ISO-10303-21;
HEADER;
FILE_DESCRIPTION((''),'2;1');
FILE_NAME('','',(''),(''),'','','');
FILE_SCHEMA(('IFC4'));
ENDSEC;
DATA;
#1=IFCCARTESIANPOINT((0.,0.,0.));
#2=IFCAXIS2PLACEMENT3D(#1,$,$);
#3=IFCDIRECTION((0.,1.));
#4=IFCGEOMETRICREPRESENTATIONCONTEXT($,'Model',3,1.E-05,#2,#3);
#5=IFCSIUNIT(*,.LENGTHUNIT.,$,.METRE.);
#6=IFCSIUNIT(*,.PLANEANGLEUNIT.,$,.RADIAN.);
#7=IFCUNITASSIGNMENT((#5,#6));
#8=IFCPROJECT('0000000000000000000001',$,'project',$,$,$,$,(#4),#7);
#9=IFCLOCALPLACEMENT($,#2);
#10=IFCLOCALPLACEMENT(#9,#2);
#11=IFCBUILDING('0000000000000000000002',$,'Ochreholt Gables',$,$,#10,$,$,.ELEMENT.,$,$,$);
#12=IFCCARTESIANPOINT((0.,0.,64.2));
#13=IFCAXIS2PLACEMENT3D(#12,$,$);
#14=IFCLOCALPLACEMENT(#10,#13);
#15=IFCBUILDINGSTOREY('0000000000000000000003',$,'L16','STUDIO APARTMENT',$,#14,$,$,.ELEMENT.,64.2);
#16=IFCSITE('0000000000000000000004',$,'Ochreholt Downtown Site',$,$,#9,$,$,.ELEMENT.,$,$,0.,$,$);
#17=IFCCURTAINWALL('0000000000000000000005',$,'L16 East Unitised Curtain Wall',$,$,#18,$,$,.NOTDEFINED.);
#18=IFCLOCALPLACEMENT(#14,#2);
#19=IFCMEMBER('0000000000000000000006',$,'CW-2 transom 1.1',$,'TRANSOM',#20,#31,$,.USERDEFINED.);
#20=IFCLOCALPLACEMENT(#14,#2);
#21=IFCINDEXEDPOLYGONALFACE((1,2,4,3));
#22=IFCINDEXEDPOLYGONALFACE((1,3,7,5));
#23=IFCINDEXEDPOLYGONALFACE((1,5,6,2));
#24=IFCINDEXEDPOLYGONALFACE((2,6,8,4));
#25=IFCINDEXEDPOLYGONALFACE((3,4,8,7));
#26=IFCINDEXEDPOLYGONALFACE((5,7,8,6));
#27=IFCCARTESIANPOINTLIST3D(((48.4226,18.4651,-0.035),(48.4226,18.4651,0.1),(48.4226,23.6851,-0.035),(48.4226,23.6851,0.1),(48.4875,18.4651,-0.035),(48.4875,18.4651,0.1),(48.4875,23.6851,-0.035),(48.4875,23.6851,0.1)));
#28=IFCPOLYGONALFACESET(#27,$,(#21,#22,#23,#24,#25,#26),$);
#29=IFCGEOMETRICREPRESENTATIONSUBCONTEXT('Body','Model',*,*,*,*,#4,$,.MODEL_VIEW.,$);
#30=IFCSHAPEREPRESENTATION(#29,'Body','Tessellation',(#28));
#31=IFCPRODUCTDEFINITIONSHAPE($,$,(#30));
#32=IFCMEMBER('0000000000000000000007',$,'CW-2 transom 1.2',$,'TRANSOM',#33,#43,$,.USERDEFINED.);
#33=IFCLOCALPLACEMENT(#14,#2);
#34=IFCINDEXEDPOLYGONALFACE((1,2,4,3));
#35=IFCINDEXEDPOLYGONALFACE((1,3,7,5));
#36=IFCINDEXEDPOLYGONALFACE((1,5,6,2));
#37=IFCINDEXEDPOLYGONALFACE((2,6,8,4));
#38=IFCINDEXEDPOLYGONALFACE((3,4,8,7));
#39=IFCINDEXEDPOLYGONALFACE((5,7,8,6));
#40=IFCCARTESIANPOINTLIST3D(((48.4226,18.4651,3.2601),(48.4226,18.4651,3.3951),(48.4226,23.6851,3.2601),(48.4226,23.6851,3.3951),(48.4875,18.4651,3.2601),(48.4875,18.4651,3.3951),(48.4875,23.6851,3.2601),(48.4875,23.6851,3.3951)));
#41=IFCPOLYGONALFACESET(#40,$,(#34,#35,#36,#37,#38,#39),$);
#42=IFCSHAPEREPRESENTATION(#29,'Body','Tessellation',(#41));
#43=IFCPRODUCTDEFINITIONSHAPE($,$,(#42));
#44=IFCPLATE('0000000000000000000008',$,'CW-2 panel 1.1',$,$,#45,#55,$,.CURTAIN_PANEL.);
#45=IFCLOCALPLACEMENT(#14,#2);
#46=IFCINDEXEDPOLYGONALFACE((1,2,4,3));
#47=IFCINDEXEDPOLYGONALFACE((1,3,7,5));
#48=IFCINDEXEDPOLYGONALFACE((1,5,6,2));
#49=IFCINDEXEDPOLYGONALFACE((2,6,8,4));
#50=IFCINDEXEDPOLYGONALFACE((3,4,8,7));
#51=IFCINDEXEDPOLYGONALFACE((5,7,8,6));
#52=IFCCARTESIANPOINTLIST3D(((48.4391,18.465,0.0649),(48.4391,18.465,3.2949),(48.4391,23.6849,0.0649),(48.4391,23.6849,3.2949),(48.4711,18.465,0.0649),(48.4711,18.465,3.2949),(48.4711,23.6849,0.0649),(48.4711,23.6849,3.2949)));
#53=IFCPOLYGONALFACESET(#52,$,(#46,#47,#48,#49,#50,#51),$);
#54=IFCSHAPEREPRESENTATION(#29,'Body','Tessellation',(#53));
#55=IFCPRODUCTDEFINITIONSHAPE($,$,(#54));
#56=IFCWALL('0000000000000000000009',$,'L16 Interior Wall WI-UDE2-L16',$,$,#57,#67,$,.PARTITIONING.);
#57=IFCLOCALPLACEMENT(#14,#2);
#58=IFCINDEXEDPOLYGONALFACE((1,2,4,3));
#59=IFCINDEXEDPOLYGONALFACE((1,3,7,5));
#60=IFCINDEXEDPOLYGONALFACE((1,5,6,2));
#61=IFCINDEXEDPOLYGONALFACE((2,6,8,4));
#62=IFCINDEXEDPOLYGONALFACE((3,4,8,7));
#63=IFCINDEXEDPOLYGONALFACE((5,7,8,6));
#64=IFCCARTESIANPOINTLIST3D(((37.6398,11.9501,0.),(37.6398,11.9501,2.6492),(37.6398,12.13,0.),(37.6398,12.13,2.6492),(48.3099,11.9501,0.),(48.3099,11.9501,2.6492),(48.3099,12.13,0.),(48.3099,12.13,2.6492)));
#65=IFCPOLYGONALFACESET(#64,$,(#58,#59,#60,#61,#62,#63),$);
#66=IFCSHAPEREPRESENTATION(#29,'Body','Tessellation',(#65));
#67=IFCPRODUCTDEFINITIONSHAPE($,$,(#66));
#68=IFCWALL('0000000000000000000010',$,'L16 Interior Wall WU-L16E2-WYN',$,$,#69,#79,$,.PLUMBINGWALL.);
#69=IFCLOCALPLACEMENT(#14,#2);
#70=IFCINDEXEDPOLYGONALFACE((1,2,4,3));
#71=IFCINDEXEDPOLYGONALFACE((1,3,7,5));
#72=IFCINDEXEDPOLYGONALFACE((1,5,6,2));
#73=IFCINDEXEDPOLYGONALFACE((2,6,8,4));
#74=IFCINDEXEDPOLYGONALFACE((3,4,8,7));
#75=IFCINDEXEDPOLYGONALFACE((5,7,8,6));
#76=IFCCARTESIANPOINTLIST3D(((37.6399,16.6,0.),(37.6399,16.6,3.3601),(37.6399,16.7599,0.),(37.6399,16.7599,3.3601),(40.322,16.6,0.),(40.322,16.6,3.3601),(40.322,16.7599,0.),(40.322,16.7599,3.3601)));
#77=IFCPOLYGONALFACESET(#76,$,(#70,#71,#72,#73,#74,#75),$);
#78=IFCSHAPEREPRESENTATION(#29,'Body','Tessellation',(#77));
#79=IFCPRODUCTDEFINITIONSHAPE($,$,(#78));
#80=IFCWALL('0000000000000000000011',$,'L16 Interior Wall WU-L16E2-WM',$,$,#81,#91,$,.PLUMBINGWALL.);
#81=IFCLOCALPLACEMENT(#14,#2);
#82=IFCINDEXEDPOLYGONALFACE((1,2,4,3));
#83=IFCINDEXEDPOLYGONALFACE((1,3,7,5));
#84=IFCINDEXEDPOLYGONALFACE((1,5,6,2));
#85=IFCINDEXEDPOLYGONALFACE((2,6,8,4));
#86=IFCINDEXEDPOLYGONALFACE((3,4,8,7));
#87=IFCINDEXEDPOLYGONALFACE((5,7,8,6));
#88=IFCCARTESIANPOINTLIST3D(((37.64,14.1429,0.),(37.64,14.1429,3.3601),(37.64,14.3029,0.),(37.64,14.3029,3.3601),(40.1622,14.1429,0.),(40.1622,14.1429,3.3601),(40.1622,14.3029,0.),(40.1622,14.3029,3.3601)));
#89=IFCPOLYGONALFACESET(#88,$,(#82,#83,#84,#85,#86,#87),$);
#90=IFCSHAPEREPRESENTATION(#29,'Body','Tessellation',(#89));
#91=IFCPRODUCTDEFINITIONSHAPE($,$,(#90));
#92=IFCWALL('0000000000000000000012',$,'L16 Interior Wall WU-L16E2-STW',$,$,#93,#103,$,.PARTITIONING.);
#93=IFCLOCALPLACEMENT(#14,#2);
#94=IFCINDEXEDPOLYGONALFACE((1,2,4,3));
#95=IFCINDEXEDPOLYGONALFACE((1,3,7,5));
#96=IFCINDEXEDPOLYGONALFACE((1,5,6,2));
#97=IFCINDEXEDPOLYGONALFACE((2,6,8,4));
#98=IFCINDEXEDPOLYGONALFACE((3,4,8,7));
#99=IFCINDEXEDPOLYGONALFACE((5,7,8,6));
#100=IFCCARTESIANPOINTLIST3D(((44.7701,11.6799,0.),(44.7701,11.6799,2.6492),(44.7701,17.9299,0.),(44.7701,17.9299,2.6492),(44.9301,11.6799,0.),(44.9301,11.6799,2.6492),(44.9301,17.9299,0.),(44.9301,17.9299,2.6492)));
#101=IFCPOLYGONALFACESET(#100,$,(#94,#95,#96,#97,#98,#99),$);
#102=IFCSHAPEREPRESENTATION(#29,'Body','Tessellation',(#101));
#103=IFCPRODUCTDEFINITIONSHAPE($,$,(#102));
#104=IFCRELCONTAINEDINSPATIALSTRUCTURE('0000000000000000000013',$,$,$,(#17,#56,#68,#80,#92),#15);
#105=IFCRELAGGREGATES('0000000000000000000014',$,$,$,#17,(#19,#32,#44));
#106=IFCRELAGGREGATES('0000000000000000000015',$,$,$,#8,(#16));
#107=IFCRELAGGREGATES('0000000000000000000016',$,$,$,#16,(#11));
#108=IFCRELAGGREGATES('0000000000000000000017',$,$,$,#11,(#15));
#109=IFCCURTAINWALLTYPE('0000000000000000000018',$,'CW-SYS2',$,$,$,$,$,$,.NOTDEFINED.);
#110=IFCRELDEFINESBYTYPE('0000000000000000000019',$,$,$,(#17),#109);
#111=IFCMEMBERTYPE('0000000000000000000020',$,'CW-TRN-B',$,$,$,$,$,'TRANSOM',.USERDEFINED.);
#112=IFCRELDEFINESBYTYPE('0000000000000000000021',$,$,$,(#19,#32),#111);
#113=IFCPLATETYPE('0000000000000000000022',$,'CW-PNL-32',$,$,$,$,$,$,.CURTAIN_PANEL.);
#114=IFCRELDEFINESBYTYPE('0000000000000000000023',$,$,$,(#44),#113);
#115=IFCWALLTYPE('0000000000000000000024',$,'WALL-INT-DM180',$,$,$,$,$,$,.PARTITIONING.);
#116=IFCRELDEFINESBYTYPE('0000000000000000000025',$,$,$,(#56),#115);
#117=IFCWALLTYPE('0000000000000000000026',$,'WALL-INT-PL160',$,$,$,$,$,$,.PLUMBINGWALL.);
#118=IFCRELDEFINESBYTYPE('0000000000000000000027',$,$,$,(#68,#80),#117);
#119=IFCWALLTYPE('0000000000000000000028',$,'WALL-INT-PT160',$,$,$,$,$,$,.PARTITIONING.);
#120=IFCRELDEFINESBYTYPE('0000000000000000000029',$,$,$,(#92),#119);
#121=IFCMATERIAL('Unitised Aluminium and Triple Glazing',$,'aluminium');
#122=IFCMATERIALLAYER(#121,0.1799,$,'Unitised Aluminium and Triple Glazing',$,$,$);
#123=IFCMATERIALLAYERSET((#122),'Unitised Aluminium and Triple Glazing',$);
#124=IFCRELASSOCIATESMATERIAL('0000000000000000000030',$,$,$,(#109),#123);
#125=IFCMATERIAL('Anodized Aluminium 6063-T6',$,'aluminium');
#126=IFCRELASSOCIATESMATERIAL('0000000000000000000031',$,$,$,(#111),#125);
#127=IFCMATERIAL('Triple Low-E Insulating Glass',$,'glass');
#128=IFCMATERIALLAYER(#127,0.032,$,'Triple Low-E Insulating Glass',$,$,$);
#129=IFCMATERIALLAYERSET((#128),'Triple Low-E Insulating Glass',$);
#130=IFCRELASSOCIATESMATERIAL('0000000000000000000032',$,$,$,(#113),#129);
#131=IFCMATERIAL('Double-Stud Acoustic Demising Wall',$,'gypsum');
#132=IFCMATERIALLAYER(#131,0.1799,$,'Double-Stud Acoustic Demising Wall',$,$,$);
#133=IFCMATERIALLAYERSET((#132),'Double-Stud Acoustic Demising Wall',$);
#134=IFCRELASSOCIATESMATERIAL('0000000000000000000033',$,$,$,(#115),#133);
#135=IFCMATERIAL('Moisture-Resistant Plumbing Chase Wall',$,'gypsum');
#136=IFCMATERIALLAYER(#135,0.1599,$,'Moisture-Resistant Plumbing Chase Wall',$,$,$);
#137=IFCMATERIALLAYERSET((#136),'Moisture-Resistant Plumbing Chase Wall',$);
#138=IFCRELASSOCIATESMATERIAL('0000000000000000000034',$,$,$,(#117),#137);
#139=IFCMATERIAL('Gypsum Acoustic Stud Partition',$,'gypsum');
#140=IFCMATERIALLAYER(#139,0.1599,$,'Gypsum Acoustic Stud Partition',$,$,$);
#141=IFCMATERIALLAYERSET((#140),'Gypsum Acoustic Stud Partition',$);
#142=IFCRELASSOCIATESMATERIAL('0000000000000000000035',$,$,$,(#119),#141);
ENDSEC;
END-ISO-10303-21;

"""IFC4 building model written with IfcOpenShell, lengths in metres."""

from ifc_helpers import new_model, si_unit, direction, frame, frame_2d, origin, origin_2d, place, context, subcontext, project, spatial, rectangle, extrude, material, layer, layer_set, material_profile, profile_set, type_object, element, aggregate, save


model = new_model("IFC4")

# Units and contexts
model_context = context("Model", 3, precision=1e-05, world=origin(), true_north=direction((0.0, 1.0)))
body_context = subcontext(model_context, "Body", "Model", "MODEL_VIEW")
ifc_project = project(units=[si_unit("LENGTHUNIT", "METRE"), si_unit("PLANEANGLEUNIT", "RADIAN")], contexts=[model_context])

# Site, building, storey
site_placement = place(None, origin())
site = spatial("IfcSite", under=ifc_project, at=site_placement, Name="Ochreholt Downtown Site", CompositionType="ELEMENT", RefElevation=0.0)
building_placement = place(site_placement, origin())
building = spatial("IfcBuilding", under=site, at=building_placement, Name="Ochreholt Gables", CompositionType="ELEMENT")
storey_placement = place(building_placement, frame((0.0, 0.0, 64.2)))
storey = spatial("IfcBuildingStorey", under=building, at=storey_placement, Name="L16", Description="STUDIO APARTMENT", CompositionType="ELEMENT", Elevation=64.2)

# Curtain wall, members, plate
ifc_material_1 = material(Name="Unitised Aluminium and Triple Glazing", Category="aluminium")
ifc_layer_1 = layer(ifc_material_1, 0.1799, Name="Unitised Aluminium and Triple Glazing")
ifc_layer_set_1 = layer_set([ifc_layer_1], Name="Unitised Aluminium and Triple Glazing")
curtain_wall_type = type_object("IfcCurtainWallType", Name="CW-SYS2", PredefinedType="NOTDEFINED", material=ifc_layer_set_1)
curtain_wall_placement = place(storey_placement, origin())
curtain_wall = element("IfcCurtainWall", 1, at=curtain_wall_placement, inside=storey, type_object=curtain_wall_type, Name="L16 East Unitised Curtain Wall", PredefinedType="NOTDEFINED")
ifc_material_2 = material(Name="Anodized Aluminium 6063-T6", Category="aluminium")
ifc_material_profile_1 = material_profile(ifc_material_2, rectangle(XDim=0.0649, YDim=0.135, at=origin_2d()), Name="CWT65X135")
ifc_profile_set_1 = profile_set([ifc_material_profile_1], Name="Anodized Aluminium 6063-T6")
member_type_1 = type_object("IfcMemberType", Name="CW-TRN-B", ElementType="TRANSOM", PredefinedType="USERDEFINED", material=ifc_profile_set_1)
member_1_placement = place(storey_placement, frame((48.4551, 18.4651, 0.0325), z_axis=(0.0, 1.0, 0.0), x_axis=(-1.0, 0.0, 0.0)))
member_1 = element("IfcMember", 2, at=member_1_placement, type_object=member_type_1, Name="CW-2 transom 1.1", ObjectType="TRANSOM", PredefinedType="USERDEFINED", context=body_context, shape_type="SweptSolid", body=[
    extrude(rectangle(XDim=0.0649, YDim=0.135, at=origin_2d()), origin(), (0.0, 0.0, 1.0), 5.22),
])
member_2_placement = place(storey_placement, frame((48.4551, 18.4651, 3.3276), z_axis=(0.0, 1.0, 0.0), x_axis=(-1.0, 0.0, 0.0)))
member_2 = element("IfcMember", 3, at=member_2_placement, type_object=member_type_1, Name="CW-2 transom 1.2", ObjectType="TRANSOM", PredefinedType="USERDEFINED", context=body_context, shape_type="SweptSolid", body=[
    extrude(rectangle(XDim=0.0649, YDim=0.135, at=origin_2d()), origin(), (0.0, 0.0, 1.0), 5.22),
])
ifc_material_3 = material(Name="Triple Low-E Insulating Glass", Category="glass")
ifc_layer_2 = layer(ifc_material_3, 0.032, Name="Triple Low-E Insulating Glass")
ifc_layer_set_2 = layer_set([ifc_layer_2], Name="Triple Low-E Insulating Glass")
plate_type = type_object("IfcPlateType", Name="CW-PNL-32", PredefinedType="CURTAIN_PANEL", material=ifc_layer_set_2)
plate_placement = place(storey_placement, frame((48.4551, 21.075, 0.0649), z_axis=(0.0, 0.0, 1.0), x_axis=(0.0, 1.0, 0.0)))
plate = element("IfcPlate", 4, at=plate_placement, type_object=plate_type, Name="CW-2 panel 1.1", PredefinedType="CURTAIN_PANEL", context=body_context, shape_type="SweptSolid", body=[
    extrude(rectangle(XDim=5.22, YDim=0.032, at=origin_2d()), origin(), (0.0, 0.0, 1.0), 3.23),
])
aggregate(curtain_wall, [member_1, member_2, plate])

# Walls
ifc_material_4 = material(Name="Double-Stud Acoustic Demising Wall", Category="gypsum")
ifc_layer_3 = layer(ifc_material_4, 0.1799, Name="Double-Stud Acoustic Demising Wall")
ifc_layer_set_3 = layer_set([ifc_layer_3], Name="Double-Stud Acoustic Demising Wall")
wall_type_1 = type_object("IfcWallType", Name="WALL-INT-DM180", PredefinedType="PARTITIONING", material=ifc_layer_set_3)
wall_1_placement = place(storey_placement, frame((37.6399, 12.04, 0.0), z_axis=(0.0, 0.0, 1.0), x_axis=(1.0, 0.0, 0.0)))
element("IfcWall", 5, at=wall_1_placement, inside=storey, type_object=wall_type_1, Name="L16 Interior Wall WI-UDE2-L16", PredefinedType="PARTITIONING", context=body_context, shape_type="SweptSolid", body=[
    extrude(rectangle(XDim=10.6702, YDim=0.1799, at=frame_2d((5.335, 0.0))), origin(), (0.0, 0.0, 1.0), 2.6492),
])
ifc_material_5 = material(Name="Moisture-Resistant Plumbing Chase Wall", Category="gypsum")
ifc_layer_4 = layer(ifc_material_5, 0.1599, Name="Moisture-Resistant Plumbing Chase Wall")
ifc_layer_set_4 = layer_set([ifc_layer_4], Name="Moisture-Resistant Plumbing Chase Wall")
wall_type_2 = type_object("IfcWallType", Name="WALL-INT-PL160", PredefinedType="PLUMBINGWALL", material=ifc_layer_set_4)
wall_2_placement = place(storey_placement, frame((37.6399, 16.6799, 0.0), z_axis=(0.0, 0.0, 1.0), x_axis=(1.0, 0.0, 0.0)))
element("IfcWall", 6, at=wall_2_placement, inside=storey, type_object=wall_type_2, Name="L16 Interior Wall WU-L16E2-WYN", PredefinedType="PLUMBINGWALL", context=body_context, shape_type="SweptSolid", body=[
    extrude(rectangle(XDim=2.6821, YDim=0.1599, at=frame_2d((1.3411, 0.0))), origin(), (0.0, 0.0, 1.0), 3.3601),
])

# Walls
wall_3_placement = place(storey_placement, frame((37.6399, 14.2229, 0.0), z_axis=(0.0, 0.0, 1.0), x_axis=(1.0, 0.0, 0.0)))
element("IfcWall", 7, at=wall_3_placement, inside=storey, type_object=wall_type_2, Name="L16 Interior Wall WU-L16E2-WM", PredefinedType="PLUMBINGWALL", context=body_context, shape_type="SweptSolid", body=[
    extrude(rectangle(XDim=2.5222, YDim=0.1599, at=frame_2d((1.2612, 0.0))), origin(), (0.0, 0.0, 1.0), 3.3601),
])
ifc_material_6 = material(Name="Gypsum Acoustic Stud Partition", Category="gypsum")
ifc_layer_5 = layer(ifc_material_6, 0.1599, Name="Gypsum Acoustic Stud Partition")
ifc_layer_set_5 = layer_set([ifc_layer_5], Name="Gypsum Acoustic Stud Partition")
wall_type_3 = type_object("IfcWallType", Name="WALL-INT-PT160", PredefinedType="PARTITIONING", material=ifc_layer_set_5)
wall_4_placement = place(storey_placement, frame((44.8501, 11.6799, 0.0), z_axis=(0.0, 0.0, 1.0), x_axis=(0.0, 1.0, 0.0)))
element("IfcWall", 8, at=wall_4_placement, inside=storey, type_object=wall_type_3, Name="L16 Interior Wall WU-L16E2-STW", PredefinedType="PARTITIONING", context=body_context, shape_type="SweptSolid", body=[
    extrude(rectangle(XDim=6.25, YDim=0.1599, at=frame_2d((3.125, 0.0))), origin(), (0.0, 0.0, 1.0), 2.6492),
])

save(model, "model.ifc")
